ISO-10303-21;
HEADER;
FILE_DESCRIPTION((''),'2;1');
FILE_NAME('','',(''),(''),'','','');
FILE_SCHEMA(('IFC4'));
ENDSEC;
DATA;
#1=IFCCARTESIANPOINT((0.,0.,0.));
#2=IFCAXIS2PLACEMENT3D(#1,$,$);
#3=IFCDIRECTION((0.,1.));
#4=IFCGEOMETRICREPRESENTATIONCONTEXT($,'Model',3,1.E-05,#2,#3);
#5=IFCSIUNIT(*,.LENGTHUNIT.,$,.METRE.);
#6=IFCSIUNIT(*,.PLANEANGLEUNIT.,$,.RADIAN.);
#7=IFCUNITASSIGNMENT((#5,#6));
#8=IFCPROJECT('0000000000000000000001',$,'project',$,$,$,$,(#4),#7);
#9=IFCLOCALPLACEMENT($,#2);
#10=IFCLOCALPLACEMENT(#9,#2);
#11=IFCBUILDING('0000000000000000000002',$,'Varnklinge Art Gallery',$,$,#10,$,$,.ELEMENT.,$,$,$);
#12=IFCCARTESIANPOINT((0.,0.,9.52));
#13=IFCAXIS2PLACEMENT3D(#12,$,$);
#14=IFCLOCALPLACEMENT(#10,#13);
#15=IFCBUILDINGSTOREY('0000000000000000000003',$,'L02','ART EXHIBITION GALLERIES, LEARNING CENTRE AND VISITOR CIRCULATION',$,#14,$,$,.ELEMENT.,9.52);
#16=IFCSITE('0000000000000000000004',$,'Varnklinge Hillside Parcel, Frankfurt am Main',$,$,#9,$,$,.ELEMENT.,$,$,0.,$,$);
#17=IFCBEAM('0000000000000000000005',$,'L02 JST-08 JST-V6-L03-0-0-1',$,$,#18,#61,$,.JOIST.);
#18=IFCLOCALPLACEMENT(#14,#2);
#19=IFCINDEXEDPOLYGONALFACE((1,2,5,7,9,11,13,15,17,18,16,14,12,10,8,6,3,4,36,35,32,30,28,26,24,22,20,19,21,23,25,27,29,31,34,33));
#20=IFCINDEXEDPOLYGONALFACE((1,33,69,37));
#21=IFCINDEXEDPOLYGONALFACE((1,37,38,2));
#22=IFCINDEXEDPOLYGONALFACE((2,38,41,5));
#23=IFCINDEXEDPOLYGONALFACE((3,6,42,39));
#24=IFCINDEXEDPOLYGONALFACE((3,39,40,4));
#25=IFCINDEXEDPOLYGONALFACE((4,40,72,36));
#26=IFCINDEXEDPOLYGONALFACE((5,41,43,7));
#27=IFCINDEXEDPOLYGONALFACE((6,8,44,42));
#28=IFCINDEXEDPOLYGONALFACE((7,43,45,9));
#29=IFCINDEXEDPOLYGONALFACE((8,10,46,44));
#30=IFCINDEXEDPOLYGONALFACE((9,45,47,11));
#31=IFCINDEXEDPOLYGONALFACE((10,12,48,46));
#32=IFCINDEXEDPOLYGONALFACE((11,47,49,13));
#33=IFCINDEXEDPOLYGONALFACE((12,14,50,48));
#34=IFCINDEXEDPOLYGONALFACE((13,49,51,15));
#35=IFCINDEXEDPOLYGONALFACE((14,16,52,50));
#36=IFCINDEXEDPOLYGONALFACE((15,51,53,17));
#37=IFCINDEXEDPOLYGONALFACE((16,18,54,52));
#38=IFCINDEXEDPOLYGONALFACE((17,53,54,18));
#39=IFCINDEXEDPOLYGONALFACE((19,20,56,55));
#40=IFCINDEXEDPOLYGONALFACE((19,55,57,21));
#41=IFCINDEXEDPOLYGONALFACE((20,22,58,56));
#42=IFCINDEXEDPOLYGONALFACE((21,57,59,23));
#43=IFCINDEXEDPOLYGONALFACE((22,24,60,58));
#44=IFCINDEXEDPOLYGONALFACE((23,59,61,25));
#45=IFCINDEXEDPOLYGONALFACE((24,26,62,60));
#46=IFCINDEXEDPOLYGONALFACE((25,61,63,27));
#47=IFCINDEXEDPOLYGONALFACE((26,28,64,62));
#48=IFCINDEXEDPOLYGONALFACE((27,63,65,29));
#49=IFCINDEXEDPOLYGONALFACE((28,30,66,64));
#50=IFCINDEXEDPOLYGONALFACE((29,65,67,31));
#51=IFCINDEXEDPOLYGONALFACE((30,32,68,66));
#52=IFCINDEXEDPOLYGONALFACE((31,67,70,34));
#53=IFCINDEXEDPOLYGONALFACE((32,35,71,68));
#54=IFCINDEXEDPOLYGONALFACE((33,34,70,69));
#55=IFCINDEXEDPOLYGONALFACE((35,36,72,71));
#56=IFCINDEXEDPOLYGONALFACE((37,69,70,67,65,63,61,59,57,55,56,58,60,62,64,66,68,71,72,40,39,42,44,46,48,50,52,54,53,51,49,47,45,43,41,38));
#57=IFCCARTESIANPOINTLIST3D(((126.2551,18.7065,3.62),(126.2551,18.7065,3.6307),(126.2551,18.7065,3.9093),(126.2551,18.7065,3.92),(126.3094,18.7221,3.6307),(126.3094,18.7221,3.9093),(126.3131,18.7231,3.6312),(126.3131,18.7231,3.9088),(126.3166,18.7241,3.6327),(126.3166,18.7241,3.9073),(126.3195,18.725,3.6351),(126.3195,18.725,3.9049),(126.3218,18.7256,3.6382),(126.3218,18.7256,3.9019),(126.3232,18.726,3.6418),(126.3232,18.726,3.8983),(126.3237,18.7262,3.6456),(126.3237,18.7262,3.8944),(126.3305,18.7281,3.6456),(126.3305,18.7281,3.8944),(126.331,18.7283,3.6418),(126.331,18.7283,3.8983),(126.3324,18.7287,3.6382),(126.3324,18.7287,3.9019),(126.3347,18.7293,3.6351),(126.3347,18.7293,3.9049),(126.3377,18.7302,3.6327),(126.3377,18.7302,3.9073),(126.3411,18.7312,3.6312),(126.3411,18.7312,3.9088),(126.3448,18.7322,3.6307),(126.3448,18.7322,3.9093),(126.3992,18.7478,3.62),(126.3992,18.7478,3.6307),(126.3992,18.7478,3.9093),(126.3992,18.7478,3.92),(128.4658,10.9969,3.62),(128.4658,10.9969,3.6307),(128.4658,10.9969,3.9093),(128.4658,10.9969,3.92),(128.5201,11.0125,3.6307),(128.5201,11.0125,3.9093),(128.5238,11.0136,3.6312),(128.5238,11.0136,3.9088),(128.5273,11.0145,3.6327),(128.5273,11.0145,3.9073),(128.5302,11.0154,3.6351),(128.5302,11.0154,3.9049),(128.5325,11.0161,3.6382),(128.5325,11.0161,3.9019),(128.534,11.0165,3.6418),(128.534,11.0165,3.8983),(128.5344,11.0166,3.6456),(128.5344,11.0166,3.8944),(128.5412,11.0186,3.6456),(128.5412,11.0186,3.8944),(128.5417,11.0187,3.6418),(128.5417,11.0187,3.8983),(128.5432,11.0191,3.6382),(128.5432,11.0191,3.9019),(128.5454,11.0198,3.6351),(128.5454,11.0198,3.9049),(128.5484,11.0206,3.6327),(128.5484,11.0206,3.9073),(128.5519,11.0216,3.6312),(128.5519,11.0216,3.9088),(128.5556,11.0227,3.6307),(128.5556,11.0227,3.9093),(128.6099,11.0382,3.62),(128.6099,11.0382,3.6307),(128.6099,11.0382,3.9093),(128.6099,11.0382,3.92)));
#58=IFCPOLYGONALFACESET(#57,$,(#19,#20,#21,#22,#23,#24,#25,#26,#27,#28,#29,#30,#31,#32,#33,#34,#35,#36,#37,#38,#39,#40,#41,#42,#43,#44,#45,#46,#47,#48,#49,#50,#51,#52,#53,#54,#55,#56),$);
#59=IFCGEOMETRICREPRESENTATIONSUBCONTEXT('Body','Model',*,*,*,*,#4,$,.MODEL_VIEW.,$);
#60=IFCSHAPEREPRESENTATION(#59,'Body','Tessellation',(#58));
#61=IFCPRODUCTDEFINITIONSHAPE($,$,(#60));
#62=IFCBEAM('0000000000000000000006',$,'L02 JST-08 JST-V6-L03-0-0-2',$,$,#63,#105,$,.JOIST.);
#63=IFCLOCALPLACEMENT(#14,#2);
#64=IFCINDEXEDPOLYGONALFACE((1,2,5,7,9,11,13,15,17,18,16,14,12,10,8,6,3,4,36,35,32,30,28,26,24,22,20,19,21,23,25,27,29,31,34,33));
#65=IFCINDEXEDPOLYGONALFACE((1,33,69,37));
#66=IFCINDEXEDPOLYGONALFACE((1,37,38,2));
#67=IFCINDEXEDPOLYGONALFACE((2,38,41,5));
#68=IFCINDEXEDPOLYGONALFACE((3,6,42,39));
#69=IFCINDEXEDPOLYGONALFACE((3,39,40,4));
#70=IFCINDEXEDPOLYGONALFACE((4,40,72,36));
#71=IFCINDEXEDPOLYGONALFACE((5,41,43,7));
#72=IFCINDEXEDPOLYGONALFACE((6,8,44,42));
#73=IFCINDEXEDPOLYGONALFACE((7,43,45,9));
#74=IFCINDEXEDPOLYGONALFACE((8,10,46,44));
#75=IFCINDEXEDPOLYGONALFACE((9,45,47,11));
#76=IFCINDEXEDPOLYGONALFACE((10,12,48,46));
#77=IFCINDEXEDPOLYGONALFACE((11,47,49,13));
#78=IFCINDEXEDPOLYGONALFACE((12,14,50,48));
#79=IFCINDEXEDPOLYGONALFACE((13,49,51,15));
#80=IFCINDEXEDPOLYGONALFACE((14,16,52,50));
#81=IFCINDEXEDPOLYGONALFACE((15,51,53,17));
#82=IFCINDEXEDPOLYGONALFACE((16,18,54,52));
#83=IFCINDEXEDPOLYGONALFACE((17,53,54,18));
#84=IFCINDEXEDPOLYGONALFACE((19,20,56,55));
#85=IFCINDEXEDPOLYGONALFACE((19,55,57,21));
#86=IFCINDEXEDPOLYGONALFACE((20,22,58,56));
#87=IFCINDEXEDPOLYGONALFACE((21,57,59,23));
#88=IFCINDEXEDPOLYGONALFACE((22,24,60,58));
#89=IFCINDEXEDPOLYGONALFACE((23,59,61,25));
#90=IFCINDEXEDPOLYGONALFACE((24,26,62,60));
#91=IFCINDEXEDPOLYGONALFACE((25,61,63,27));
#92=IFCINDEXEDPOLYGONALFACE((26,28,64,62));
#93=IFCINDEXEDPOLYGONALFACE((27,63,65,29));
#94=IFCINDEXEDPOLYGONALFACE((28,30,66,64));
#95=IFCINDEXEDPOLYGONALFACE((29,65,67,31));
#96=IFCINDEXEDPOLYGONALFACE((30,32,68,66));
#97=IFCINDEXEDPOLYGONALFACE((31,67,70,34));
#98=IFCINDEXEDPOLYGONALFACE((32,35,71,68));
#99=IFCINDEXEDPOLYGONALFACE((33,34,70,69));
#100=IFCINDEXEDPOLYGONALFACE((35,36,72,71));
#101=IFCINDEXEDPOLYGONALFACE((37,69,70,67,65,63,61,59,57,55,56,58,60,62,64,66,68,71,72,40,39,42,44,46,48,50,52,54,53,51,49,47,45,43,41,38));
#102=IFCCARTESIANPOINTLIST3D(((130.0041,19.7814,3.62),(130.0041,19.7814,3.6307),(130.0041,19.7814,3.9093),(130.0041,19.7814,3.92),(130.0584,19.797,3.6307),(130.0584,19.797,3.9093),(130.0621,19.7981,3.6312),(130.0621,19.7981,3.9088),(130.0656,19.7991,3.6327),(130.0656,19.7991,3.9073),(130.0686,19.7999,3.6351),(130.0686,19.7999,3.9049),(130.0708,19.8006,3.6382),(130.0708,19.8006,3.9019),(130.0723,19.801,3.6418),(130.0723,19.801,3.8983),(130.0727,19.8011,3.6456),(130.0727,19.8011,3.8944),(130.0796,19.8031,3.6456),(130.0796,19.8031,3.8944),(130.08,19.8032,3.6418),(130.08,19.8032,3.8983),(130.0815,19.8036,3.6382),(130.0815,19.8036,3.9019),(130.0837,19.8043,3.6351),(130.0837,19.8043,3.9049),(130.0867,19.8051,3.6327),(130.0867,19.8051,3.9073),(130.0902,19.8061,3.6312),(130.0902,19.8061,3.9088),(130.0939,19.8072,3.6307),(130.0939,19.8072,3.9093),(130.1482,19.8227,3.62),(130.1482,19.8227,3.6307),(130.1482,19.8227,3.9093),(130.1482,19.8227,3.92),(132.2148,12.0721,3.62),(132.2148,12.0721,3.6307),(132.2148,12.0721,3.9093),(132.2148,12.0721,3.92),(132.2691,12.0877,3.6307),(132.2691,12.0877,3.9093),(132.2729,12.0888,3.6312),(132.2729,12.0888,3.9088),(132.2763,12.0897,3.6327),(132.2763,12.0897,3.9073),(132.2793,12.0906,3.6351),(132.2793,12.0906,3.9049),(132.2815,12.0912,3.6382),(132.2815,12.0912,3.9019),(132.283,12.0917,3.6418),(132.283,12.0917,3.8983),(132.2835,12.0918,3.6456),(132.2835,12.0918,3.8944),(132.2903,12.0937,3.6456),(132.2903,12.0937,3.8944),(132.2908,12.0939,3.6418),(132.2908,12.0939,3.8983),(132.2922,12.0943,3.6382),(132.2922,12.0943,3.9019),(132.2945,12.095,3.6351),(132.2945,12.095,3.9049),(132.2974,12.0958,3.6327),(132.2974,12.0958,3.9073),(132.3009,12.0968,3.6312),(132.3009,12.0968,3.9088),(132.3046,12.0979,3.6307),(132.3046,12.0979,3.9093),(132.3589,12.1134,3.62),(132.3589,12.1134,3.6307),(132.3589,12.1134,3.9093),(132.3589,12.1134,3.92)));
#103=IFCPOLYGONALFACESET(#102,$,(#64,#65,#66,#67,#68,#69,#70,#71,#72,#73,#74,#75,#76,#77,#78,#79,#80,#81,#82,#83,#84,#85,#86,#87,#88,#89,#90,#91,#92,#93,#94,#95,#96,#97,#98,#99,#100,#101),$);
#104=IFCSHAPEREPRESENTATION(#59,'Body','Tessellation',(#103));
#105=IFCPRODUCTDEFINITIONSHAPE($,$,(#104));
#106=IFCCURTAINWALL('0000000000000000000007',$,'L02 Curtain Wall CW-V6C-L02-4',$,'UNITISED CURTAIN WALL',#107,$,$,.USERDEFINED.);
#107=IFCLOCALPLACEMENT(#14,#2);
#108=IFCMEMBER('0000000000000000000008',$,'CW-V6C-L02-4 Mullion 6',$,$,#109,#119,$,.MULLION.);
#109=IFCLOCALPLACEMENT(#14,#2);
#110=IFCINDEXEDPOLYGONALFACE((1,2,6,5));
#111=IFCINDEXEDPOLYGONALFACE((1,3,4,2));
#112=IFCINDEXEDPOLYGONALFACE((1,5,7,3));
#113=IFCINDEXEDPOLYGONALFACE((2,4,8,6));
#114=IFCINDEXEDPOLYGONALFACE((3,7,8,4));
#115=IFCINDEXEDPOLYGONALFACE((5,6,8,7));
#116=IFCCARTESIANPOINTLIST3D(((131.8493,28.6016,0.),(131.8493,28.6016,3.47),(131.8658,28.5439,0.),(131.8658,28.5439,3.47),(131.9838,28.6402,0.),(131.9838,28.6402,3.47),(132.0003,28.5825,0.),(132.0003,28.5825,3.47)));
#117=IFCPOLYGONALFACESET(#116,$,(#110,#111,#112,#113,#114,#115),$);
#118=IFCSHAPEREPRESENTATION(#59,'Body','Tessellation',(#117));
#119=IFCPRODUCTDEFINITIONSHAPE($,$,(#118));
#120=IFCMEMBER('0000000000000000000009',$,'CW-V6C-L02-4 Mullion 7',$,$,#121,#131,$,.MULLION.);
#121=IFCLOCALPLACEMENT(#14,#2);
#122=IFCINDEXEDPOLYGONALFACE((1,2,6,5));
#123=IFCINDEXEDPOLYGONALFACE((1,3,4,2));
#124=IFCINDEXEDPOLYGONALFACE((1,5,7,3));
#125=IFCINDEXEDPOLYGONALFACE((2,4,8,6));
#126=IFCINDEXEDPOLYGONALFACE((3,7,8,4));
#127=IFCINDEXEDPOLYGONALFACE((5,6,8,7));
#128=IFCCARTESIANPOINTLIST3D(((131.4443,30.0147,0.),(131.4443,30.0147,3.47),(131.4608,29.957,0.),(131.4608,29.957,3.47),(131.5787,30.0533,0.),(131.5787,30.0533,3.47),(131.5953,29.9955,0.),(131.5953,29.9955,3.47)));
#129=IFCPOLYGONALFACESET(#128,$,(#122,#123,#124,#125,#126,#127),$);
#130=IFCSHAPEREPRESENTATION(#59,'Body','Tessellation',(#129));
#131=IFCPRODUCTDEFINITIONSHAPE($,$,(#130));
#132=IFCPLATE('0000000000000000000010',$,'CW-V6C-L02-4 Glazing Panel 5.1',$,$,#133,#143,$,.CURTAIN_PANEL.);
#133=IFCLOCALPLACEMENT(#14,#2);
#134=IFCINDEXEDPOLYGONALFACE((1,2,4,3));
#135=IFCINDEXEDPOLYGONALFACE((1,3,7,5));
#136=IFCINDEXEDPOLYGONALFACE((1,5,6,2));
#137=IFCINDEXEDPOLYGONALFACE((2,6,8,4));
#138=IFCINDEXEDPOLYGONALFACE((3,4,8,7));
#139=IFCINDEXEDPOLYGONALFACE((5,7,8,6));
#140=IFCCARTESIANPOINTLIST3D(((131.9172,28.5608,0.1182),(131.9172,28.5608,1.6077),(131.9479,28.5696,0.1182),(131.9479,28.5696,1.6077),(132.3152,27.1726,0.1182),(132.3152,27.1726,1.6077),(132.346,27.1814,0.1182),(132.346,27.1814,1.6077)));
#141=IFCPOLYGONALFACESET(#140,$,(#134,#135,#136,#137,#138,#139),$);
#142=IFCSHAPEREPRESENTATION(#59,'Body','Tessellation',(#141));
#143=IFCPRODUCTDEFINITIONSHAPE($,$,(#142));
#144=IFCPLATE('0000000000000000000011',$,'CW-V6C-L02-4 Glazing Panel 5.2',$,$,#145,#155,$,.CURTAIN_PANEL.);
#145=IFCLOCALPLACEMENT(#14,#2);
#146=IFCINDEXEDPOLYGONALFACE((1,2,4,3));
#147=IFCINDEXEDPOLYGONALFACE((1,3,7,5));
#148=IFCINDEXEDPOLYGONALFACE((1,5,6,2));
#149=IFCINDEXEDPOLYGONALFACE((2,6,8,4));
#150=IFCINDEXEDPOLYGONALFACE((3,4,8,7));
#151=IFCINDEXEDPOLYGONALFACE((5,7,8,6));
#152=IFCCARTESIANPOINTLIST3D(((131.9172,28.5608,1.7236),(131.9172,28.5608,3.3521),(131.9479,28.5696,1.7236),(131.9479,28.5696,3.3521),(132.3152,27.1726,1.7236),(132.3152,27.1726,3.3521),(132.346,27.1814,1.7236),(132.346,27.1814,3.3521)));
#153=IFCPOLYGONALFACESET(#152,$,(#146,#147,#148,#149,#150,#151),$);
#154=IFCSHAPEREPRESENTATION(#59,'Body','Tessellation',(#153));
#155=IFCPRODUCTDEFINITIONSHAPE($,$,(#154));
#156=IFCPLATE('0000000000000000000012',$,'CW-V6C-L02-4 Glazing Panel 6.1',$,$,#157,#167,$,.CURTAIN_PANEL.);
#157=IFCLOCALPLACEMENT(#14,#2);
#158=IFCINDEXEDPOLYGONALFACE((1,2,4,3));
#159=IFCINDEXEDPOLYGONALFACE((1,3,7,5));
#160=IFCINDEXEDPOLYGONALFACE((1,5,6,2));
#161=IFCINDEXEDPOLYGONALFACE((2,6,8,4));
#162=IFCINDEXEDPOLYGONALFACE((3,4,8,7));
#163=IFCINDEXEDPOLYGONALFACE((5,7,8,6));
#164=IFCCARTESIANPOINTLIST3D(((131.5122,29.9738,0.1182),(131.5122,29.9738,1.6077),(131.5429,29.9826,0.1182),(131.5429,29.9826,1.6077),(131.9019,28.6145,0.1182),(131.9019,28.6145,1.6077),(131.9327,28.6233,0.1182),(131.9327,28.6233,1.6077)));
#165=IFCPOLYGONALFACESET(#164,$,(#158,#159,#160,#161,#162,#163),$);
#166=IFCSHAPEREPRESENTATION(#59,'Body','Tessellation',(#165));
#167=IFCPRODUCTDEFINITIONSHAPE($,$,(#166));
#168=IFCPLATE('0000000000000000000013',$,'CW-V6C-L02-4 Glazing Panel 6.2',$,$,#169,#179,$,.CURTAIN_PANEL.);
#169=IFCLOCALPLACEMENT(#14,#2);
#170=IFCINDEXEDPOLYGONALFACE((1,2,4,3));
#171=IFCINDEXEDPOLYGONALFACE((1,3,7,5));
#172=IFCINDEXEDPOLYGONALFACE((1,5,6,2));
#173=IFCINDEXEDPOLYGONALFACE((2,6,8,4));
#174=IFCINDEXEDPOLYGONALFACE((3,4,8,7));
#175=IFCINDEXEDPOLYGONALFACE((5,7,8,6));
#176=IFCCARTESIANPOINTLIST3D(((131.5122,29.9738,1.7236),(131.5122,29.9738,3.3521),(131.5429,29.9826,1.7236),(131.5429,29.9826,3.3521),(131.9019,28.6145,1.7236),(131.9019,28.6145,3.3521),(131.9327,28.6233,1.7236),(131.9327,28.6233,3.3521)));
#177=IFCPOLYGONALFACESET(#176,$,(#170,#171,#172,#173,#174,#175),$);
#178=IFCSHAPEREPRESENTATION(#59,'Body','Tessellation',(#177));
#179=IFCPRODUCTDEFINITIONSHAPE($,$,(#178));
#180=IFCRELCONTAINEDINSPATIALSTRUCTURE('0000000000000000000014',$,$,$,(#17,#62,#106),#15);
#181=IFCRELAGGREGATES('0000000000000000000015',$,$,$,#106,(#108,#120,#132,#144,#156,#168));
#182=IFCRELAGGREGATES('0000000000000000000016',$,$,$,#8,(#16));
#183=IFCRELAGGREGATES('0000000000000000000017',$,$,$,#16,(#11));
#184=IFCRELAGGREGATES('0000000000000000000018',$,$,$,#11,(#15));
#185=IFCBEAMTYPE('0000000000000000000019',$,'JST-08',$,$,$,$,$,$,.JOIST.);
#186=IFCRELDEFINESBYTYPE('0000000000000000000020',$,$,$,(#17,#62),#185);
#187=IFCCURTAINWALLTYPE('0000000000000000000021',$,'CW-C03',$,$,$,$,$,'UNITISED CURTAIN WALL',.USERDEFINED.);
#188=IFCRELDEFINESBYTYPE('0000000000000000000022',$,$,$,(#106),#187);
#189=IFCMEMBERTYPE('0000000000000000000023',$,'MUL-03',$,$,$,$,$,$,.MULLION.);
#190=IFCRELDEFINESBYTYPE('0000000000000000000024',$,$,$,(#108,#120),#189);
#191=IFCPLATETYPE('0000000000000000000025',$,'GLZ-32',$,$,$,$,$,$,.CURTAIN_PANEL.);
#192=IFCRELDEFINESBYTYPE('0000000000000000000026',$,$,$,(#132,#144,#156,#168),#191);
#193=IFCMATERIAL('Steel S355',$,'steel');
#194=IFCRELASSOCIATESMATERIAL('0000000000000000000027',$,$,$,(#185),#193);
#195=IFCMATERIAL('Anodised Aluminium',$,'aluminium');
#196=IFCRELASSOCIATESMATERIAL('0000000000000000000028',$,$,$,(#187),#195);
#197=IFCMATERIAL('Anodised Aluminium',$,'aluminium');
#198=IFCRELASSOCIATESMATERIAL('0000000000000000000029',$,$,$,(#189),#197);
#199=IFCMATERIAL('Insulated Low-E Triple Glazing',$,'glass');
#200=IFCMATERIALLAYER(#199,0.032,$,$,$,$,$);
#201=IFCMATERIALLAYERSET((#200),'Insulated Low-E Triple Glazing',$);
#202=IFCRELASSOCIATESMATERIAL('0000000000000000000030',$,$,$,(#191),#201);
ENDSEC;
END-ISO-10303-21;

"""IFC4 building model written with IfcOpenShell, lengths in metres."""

from ifc_helpers import new_model, si_unit, direction, frame, origin, origin_2d, place, context, subcontext, project, spatial, rectangle, i_section, extrude, material, layer, layer_set, material_profile, profile_set, type_object, element, aggregate, save


model = new_model("IFC4")

# Units and contexts
model_context = context("Model", 3, precision=1e-05, world=origin(), true_north=direction((0.0, 1.0)))
body_context = subcontext(model_context, "Body", "Model", "MODEL_VIEW")
ifc_project = project(units=[si_unit("LENGTHUNIT", "METRE"), si_unit("PLANEANGLEUNIT", "RADIAN")], contexts=[model_context])

# Site, building, storey
site_placement = place(None, origin())
site = spatial("IfcSite", under=ifc_project, at=site_placement, Name="Varnklinge Hillside Parcel, Frankfurt am Main", CompositionType="ELEMENT", RefElevation=0.0)
building_placement = place(site_placement, origin())
building = spatial("IfcBuilding", under=site, at=building_placement, Name="Varnklinge Art Gallery", CompositionType="ELEMENT")
storey_placement = place(building_placement, frame((0.0, 0.0, 9.52)))
storey = spatial("IfcBuildingStorey", under=building, at=storey_placement, Name="L02", Description="ART EXHIBITION GALLERIES, LEARNING CENTRE AND VISITOR CIRCULATION", CompositionType="ELEMENT", Elevation=9.52)

# Beams
ifc_material_1 = material(Name="Steel S355", Category="steel")
ifc_material_profile_1 = material_profile(ifc_material_1, i_section(OverallWidth=0.1499, OverallDepth=0.3, WebThickness=0.0071, FlangeThickness=0.0107, FilletRadius=0.0149, at=origin_2d()), Name="IPE 300")
ifc_profile_set_1 = profile_set([ifc_material_profile_1], Name="Steel S355")
beam_type_1 = type_object("IfcBeamType", Name="JST-08", PredefinedType="JOIST", material=ifc_profile_set_1)
beam_1_placement = place(storey_placement, frame((128.5378, 11.0176, 3.77), z_axis=(-0.275642, 0.96126, 0.0), x_axis=(-0.96126, -0.275642, 0.0)))
element("IfcBeam", 1, at=beam_1_placement, inside=storey, type_object=beam_type_1, Name="L02 JST-08 JST-V6-L03-0-0-1", PredefinedType="JOIST", context=body_context, shape_type="SweptSolid", body=[
    extrude(i_section(OverallWidth=0.1499, OverallDepth=0.3, WebThickness=0.0071, FlangeThickness=0.0107, FilletRadius=0.0149, at=origin_2d()), origin(), (0.0, 0.0, 1.0), 8.0203),
])
beam_2_placement = place(storey_placement, frame((132.2869, 12.0928, 3.77), z_axis=(-0.27565, 0.961258, 0.0), x_axis=(-0.961258, -0.27565, 0.0)))
element("IfcBeam", 2, at=beam_2_placement, inside=storey, type_object=beam_type_1, Name="L02 JST-08 JST-V6-L03-0-0-2", PredefinedType="JOIST", context=body_context, shape_type="SweptSolid", body=[
    extrude(i_section(OverallWidth=0.1499, OverallDepth=0.3, WebThickness=0.0071, FlangeThickness=0.0107, FilletRadius=0.0149, at=origin_2d()), origin(), (0.0, 0.0, 1.0), 8.02),
])

# Curtain wall, members, plates
ifc_material_2 = material(Name="Anodised Aluminium", Category="aluminium")
curtain_wall_type = type_object("IfcCurtainWallType", Name="CW-C03", ElementType="UNITISED CURTAIN WALL", PredefinedType="USERDEFINED", material=ifc_material_2)
curtain_wall_placement = place(storey_placement, origin())
curtain_wall = element("IfcCurtainWall", 3, at=curtain_wall_placement, inside=storey, type_object=curtain_wall_type, Name="L02 Curtain Wall CW-V6C-L02-4", ObjectType="UNITISED CURTAIN WALL", PredefinedType="USERDEFINED")
ifc_material_3 = material(Name="Anodised Aluminium", Category="aluminium")
ifc_material_profile_2 = material_profile(ifc_material_3, rectangle(XDim=0.0601, YDim=0.1399, at=origin_2d()), Name="ALU 60x140")
ifc_profile_set_2 = profile_set([ifc_material_profile_2], Name="Anodised Aluminium")
member_type = type_object("IfcMemberType", Name="MUL-03", PredefinedType="MULLION", material=ifc_profile_set_2)
member_1_placement = place(storey_placement, frame((131.9248, 28.592, 0.0), z_axis=(0.0, 0.0, 1.0), x_axis=(-0.275637, 0.961262, 0.0)))
member_1 = element("IfcMember", 4, at=member_1_placement, type_object=member_type, Name="CW-V6C-L02-4 Mullion 6", PredefinedType="MULLION", context=body_context, shape_type="SweptSolid", body=[
    extrude(rectangle(XDim=0.0601, YDim=0.1399, at=origin_2d()), origin(), (0.0, 0.0, 1.0), 3.47),
])
member_2_placement = place(storey_placement, frame((131.5198, 30.0051, 0.0), z_axis=(0.0, 0.0, 1.0), x_axis=(-0.275637, 0.961262, 0.0)))
member_2 = element("IfcMember", 5, at=member_2_placement, type_object=member_type, Name="CW-V6C-L02-4 Mullion 7", PredefinedType="MULLION", context=body_context, shape_type="SweptSolid", body=[
    extrude(rectangle(XDim=0.0601, YDim=0.1399, at=origin_2d()), origin(), (0.0, 0.0, 1.0), 3.47),
])
ifc_material_4 = material(Name="Insulated Low-E Triple Glazing", Category="glass")
ifc_layer_1 = layer(ifc_material_4, 0.032)
ifc_layer_set_1 = layer_set([ifc_layer_1], Name="Insulated Low-E Triple Glazing")
plate_type = type_object("IfcPlateType", Name="GLZ-32", PredefinedType="CURTAIN_PANEL", material=ifc_layer_set_1)
plate_1_placement = place(storey_placement, frame((132.1316, 27.8711, 0.1182), z_axis=(0.0, 0.0, 1.0), x_axis=(-0.275637, 0.961262, 0.0)))
plate_1 = element("IfcPlate", 6, at=plate_1_placement, type_object=plate_type, Name="CW-V6C-L02-4 Glazing Panel 5.1", PredefinedType="CURTAIN_PANEL", context=body_context, shape_type="SweptSolid", body=[
    extrude(rectangle(XDim=1.4441, YDim=0.032, at=origin_2d()), origin(), (0.0, 0.0, 1.0), 1.4895),
])
plate_2_placement = place(storey_placement, frame((132.1316, 27.8711, 1.7236), z_axis=(0.0, 0.0, 1.0), x_axis=(-0.275637, 0.961262, 0.0)))
plate_2 = element("IfcPlate", 7, at=plate_2_placement, type_object=plate_type, Name="CW-V6C-L02-4 Glazing Panel 5.2", PredefinedType="CURTAIN_PANEL", context=body_context, shape_type="SweptSolid", body=[
    extrude(rectangle(XDim=1.4441, YDim=0.032, at=origin_2d()), origin(), (0.0, 0.0, 1.0), 1.6284),
])
plate_3_placement = place(storey_placement, frame((131.7224, 29.2986, 0.1182), z_axis=(0.0, 0.0, 1.0), x_axis=(-0.275637, 0.961262, 0.0)))
plate_3 = element("IfcPlate", 8, at=plate_3_placement, type_object=plate_type, Name="CW-V6C-L02-4 Glazing Panel 6.1", PredefinedType="CURTAIN_PANEL", context=body_context, shape_type="SweptSolid", body=[
    extrude(rectangle(XDim=1.4141, YDim=0.032, at=origin_2d()), origin(), (0.0, 0.0, 1.0), 1.4895),
])
plate_4_placement = place(storey_placement, frame((131.7224, 29.2986, 1.7236), z_axis=(0.0, 0.0, 1.0), x_axis=(-0.275637, 0.961262, 0.0)))
plate_4 = element("IfcPlate", 9, at=plate_4_placement, type_object=plate_type, Name="CW-V6C-L02-4 Glazing Panel 6.2", PredefinedType="CURTAIN_PANEL", context=body_context, shape_type="SweptSolid", body=[
    extrude(rectangle(XDim=1.4141, YDim=0.032, at=origin_2d()), origin(), (0.0, 0.0, 1.0), 1.6284),
])
aggregate(curtain_wall, [member_1, member_2, plate_1, plate_2, plate_3, plate_4])

save(model, "model.ifc")
